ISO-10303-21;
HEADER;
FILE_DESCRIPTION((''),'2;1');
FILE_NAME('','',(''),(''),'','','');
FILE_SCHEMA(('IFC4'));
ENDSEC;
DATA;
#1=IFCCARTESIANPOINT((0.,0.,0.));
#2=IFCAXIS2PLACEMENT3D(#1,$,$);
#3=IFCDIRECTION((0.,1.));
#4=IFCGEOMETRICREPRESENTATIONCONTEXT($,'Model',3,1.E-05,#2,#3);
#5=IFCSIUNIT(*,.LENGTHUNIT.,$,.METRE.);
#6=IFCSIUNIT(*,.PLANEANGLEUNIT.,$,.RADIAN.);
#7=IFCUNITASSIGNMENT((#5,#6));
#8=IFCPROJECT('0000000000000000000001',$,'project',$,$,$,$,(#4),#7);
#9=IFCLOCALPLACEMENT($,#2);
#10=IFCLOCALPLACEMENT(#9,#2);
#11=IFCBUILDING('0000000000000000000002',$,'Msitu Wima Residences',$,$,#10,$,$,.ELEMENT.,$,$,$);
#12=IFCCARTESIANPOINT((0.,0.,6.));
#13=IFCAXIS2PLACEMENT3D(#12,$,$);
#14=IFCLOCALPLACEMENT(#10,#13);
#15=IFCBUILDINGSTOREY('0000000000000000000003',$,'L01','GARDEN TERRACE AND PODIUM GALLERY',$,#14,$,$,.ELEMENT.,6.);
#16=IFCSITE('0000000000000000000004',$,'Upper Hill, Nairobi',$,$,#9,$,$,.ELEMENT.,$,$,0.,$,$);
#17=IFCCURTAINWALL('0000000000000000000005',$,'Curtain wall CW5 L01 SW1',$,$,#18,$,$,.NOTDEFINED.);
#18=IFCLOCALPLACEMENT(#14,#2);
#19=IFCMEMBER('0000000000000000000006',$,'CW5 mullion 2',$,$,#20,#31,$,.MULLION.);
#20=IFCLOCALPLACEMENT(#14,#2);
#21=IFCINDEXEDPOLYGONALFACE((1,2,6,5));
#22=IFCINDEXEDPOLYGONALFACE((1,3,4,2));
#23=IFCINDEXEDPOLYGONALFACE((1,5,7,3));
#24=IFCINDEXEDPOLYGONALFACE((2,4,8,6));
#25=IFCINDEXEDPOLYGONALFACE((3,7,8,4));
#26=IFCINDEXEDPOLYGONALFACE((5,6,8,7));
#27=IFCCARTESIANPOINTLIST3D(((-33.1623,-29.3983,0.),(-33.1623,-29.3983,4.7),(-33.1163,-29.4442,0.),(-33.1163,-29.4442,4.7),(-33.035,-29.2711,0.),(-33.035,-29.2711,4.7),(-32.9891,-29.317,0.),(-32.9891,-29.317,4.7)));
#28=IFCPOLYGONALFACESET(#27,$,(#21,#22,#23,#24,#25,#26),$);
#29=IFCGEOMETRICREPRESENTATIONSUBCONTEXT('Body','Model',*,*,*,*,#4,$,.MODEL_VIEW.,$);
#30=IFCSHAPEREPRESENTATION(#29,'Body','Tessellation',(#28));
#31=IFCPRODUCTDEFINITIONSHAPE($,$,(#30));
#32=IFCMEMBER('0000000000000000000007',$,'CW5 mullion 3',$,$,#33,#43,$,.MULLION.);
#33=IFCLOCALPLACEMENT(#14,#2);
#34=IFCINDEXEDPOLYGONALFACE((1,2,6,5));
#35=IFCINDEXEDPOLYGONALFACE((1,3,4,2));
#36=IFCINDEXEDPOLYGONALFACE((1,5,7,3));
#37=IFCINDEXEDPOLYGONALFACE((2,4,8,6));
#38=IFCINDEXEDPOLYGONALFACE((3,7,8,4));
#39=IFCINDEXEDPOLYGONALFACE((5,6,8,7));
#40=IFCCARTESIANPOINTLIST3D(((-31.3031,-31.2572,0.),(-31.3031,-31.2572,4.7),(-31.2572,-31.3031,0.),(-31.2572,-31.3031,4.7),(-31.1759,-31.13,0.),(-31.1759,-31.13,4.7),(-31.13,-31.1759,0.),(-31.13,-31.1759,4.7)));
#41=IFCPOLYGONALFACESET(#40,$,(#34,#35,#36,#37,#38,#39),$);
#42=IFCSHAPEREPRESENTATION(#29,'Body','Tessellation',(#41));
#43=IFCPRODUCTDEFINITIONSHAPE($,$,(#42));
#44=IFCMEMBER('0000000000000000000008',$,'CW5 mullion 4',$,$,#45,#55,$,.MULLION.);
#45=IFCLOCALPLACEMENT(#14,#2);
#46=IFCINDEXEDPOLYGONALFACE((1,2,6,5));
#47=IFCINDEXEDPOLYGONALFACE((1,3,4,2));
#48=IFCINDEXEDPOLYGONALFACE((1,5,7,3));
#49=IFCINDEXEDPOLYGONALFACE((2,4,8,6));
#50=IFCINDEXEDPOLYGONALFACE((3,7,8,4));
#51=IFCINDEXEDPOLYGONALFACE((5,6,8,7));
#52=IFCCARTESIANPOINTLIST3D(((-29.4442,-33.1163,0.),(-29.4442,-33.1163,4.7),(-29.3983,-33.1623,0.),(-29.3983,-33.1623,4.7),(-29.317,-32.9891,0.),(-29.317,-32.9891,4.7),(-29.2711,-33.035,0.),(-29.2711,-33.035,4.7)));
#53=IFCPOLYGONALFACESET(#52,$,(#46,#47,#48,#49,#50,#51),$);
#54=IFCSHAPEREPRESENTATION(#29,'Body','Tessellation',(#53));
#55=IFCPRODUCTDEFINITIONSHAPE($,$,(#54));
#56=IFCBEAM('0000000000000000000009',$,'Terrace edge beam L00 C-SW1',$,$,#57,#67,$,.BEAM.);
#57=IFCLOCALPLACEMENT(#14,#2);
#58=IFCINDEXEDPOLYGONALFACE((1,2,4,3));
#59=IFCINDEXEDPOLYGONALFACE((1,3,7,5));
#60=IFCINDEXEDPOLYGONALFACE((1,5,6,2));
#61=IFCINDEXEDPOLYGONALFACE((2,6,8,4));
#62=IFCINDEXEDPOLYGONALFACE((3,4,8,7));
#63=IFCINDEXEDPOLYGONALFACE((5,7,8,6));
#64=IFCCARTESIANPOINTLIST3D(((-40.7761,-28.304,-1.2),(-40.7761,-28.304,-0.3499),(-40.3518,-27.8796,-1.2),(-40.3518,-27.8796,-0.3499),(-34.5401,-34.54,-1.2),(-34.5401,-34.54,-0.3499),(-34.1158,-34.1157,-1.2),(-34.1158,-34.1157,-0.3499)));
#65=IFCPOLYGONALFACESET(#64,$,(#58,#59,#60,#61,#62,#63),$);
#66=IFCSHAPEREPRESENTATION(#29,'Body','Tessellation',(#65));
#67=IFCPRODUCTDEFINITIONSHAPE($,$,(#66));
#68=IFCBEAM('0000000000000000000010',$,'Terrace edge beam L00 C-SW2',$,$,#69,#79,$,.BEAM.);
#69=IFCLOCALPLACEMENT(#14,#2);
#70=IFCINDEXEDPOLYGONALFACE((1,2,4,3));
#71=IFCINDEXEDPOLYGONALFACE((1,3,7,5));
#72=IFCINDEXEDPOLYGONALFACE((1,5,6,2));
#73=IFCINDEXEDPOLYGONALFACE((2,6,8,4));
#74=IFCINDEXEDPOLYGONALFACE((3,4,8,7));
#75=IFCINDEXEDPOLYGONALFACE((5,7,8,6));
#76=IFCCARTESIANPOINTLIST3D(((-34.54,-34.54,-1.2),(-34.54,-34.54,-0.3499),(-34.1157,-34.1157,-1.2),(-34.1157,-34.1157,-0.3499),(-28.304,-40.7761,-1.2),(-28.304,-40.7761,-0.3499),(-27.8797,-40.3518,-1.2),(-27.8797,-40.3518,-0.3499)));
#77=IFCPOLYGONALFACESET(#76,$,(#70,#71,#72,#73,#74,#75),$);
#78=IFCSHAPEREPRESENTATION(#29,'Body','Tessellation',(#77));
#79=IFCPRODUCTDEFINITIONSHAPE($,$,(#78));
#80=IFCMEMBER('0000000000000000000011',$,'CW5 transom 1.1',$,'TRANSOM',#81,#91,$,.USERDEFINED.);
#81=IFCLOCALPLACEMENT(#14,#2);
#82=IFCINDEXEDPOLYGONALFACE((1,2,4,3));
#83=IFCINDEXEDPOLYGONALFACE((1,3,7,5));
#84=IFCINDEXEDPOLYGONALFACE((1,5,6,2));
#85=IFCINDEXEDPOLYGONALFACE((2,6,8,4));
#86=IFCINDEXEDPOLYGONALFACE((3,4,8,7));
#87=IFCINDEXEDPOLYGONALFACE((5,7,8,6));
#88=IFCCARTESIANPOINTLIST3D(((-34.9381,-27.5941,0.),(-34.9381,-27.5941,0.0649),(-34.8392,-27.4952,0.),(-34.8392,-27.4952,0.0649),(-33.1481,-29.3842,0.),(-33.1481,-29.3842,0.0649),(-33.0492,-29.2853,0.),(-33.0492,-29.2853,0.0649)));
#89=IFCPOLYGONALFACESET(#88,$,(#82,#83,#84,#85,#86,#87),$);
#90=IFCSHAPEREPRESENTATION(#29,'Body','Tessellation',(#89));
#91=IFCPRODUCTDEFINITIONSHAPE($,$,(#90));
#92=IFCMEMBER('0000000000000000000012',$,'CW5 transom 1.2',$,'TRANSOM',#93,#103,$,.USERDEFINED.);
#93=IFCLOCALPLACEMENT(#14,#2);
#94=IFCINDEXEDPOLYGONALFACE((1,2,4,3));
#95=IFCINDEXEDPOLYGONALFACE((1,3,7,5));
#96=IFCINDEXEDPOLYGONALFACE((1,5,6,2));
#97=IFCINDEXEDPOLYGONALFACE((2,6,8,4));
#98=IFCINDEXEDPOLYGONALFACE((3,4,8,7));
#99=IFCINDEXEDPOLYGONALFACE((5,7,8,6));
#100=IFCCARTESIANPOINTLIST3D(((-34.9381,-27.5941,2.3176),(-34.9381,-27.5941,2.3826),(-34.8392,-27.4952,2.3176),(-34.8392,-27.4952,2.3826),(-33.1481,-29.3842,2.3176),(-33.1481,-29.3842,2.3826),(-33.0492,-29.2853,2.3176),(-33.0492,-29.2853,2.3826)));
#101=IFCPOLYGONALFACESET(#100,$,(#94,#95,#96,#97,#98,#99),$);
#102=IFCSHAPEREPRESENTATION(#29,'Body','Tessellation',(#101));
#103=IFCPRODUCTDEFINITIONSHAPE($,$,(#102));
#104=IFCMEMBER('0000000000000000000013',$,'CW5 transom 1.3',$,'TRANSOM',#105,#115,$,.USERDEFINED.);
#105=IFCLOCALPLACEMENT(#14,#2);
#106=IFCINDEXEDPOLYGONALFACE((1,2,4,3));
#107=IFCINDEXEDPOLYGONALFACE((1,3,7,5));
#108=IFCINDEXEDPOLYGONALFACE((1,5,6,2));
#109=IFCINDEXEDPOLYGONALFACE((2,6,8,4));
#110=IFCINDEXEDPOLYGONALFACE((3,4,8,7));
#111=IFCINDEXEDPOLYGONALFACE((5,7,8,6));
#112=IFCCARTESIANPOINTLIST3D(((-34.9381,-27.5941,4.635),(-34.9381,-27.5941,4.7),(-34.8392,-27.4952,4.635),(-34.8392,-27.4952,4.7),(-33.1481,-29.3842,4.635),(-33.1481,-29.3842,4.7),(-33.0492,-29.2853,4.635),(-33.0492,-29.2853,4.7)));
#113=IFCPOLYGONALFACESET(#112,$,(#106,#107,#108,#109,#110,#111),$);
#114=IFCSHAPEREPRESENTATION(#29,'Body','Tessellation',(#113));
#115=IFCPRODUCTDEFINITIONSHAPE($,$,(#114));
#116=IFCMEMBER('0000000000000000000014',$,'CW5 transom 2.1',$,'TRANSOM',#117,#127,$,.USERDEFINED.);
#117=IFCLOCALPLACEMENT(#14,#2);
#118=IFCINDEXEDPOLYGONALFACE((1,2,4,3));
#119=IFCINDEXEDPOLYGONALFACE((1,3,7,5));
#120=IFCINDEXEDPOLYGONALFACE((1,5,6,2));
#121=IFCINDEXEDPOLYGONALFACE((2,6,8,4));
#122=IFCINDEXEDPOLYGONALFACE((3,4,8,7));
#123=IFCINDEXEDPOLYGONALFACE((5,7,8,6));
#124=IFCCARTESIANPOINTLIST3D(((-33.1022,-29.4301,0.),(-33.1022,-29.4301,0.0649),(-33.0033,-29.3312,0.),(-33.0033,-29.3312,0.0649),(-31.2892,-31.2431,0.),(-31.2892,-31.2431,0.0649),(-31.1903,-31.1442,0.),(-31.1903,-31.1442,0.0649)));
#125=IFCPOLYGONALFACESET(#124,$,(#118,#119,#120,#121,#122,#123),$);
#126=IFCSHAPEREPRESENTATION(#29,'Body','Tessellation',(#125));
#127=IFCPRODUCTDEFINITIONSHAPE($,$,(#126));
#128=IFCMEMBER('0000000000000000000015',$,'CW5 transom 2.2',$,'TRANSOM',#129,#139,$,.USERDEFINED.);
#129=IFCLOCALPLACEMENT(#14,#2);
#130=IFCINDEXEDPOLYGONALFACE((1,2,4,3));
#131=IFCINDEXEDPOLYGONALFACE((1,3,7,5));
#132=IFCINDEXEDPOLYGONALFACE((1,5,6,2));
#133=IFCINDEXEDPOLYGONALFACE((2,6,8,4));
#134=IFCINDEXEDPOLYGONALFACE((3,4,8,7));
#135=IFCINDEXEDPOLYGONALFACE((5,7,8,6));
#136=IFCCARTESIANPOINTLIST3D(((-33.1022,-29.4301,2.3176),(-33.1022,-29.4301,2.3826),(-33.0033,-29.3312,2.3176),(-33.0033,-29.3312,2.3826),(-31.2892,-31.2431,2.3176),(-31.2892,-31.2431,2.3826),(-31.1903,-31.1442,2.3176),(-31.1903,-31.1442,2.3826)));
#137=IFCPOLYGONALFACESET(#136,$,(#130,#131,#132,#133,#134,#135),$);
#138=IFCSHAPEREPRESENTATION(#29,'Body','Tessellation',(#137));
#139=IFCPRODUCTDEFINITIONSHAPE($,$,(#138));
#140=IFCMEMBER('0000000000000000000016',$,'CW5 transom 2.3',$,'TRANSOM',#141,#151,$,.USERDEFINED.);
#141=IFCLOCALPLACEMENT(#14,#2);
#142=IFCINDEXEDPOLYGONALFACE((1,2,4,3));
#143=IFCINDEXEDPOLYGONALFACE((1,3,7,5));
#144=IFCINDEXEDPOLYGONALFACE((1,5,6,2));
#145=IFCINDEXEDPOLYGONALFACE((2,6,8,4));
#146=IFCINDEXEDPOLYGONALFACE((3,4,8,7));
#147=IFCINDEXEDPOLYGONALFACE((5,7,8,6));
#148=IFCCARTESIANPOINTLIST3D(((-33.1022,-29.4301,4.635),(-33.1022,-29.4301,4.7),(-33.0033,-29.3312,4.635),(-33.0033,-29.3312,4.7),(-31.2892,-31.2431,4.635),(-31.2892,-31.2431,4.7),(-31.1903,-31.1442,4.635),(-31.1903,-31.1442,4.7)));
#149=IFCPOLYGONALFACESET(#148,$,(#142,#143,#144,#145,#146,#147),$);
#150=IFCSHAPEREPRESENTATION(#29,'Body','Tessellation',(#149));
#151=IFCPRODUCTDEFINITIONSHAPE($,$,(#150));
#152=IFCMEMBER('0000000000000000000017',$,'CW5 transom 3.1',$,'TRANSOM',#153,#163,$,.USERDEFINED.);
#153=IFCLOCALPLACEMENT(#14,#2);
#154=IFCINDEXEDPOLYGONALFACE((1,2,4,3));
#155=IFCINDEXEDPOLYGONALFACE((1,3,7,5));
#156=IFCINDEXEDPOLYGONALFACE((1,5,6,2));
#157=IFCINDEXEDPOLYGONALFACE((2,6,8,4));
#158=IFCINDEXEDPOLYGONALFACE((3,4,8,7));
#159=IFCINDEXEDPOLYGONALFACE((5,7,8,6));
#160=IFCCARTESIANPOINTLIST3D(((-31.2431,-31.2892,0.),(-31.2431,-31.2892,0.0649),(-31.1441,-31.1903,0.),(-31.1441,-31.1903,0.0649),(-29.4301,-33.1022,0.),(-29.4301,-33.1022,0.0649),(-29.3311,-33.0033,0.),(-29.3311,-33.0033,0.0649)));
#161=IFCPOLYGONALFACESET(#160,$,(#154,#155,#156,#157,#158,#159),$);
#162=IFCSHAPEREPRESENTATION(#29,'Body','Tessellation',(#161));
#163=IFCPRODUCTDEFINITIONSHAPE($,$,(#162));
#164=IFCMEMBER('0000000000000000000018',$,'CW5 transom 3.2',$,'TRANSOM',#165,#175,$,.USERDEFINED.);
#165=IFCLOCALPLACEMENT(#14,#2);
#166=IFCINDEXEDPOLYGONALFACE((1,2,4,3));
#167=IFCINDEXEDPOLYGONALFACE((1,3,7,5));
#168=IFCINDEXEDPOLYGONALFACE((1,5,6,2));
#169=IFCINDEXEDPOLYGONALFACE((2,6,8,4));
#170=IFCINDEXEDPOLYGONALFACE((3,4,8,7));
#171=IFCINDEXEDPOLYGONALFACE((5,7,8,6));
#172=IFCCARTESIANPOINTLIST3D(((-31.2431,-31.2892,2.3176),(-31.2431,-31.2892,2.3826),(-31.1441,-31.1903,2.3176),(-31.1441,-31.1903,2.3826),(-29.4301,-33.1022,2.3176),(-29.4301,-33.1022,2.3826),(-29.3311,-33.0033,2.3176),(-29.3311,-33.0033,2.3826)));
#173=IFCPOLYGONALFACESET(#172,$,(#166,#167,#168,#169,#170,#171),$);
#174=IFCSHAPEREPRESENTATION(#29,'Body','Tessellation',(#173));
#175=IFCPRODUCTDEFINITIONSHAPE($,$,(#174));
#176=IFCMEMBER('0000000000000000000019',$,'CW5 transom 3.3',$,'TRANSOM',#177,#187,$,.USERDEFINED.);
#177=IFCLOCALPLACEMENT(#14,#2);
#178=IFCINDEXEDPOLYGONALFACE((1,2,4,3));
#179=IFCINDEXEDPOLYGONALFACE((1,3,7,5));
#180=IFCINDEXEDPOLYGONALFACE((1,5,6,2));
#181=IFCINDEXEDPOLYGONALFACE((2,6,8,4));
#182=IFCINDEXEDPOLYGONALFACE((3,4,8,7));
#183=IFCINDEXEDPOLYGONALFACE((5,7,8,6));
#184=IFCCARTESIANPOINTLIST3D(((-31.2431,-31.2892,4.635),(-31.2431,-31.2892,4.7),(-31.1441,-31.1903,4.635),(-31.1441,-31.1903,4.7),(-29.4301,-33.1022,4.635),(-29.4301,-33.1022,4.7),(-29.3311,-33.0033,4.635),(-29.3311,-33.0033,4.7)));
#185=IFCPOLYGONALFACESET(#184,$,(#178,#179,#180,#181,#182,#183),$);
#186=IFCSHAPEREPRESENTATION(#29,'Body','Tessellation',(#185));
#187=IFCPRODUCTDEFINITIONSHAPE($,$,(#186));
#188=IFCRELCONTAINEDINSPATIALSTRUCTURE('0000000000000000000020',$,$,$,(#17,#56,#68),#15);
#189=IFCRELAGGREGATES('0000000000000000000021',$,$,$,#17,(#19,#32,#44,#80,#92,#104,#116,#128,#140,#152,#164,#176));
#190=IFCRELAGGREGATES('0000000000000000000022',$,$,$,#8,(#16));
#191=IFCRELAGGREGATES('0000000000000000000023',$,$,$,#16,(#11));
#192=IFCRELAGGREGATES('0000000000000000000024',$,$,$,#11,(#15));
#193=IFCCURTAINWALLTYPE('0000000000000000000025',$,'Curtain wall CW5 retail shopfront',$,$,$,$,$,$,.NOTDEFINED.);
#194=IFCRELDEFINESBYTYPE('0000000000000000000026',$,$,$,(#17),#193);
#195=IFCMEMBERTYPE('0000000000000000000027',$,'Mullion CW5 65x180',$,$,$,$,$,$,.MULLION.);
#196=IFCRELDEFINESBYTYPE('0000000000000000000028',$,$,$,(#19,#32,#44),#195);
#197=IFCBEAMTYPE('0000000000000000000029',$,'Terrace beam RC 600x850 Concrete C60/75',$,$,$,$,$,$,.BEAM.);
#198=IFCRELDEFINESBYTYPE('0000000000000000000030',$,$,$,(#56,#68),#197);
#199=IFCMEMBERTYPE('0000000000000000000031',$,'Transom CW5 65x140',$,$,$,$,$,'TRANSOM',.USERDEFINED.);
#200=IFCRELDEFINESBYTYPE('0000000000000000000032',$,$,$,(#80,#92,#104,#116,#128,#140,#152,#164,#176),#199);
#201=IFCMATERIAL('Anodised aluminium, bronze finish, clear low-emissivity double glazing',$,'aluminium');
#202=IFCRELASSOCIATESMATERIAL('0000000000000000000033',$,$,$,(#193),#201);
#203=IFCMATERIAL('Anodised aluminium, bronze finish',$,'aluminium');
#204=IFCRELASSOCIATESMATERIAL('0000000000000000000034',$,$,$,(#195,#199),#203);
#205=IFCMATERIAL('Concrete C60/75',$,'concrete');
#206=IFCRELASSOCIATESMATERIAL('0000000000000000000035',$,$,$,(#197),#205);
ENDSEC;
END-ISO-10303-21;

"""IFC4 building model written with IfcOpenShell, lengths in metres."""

from ifc_helpers import new_model, si_unit, direction, frame, origin, origin_2d, place, context, subcontext, project, spatial, rectangle, extrude, material, material_profile, profile_set, type_object, element, aggregate, save


model = new_model("IFC4")

# Units and contexts
model_context = context("Model", 3, precision=1e-05, world=origin(), true_north=direction((0.0, 1.0)))
body_context = subcontext(model_context, "Body", "Model", "MODEL_VIEW")
ifc_project = project(units=[si_unit("LENGTHUNIT", "METRE"), si_unit("PLANEANGLEUNIT", "RADIAN")], contexts=[model_context])

# Site, building, storey
site_placement = place(None, origin())
site = spatial("IfcSite", under=ifc_project, at=site_placement, Name="Upper Hill, Nairobi", CompositionType="ELEMENT", RefElevation=0.0)
building_placement = place(site_placement, origin())
building = spatial("IfcBuilding", under=site, at=building_placement, Name="Msitu Wima Residences", CompositionType="ELEMENT")
storey_placement = place(building_placement, frame((0.0, 0.0, 6.0)))
storey = spatial("IfcBuildingStorey", under=building, at=storey_placement, Name="L01", Description="GARDEN TERRACE AND PODIUM GALLERY", CompositionType="ELEMENT", Elevation=6.0)

# Curtain wall, members
ifc_material_1 = material(Name="Anodised aluminium, bronze finish, clear low-emissivity double glazing", Category="aluminium")
curtain_wall_type = type_object("IfcCurtainWallType", Name="Curtain wall CW5 retail shopfront", PredefinedType="NOTDEFINED", material=ifc_material_1)
curtain_wall_placement = place(storey_placement, origin())
curtain_wall = element("IfcCurtainWall", 1, at=curtain_wall_placement, inside=storey, type_object=curtain_wall_type, Name="Curtain wall CW5 L01 SW1", PredefinedType="NOTDEFINED")
ifc_material_2 = material(Name="Anodised aluminium, bronze finish", Category="aluminium")
ifc_material_profile_1 = material_profile(ifc_material_2, rectangle(XDim=0.1799, YDim=0.0649, at=origin_2d()), Name="Mullion 65x180")
ifc_profile_set_1 = profile_set([ifc_material_profile_1], Name="Anodised aluminium, bronze finish")
member_type_1 = type_object("IfcMemberType", Name="Mullion CW5 65x180", PredefinedType="MULLION", material=ifc_profile_set_1)
member_1_placement = place(storey_placement, frame((-33.0757, -29.3577, 0.0), z_axis=(0.0, 0.0, 1.0), x_axis=(0.707107, 0.707107, 0.0)))
member_1 = element("IfcMember", 2, at=member_1_placement, type_object=member_type_1, Name="CW5 mullion 2", PredefinedType="MULLION", context=body_context, shape_type="SweptSolid", body=[
    extrude(rectangle(XDim=0.1799, YDim=0.0649, at=origin_2d()), origin(), (0.0, 0.0, 1.0), 4.7),
])
member_2_placement = place(storey_placement, frame((-31.2166, -31.2166, 0.0), z_axis=(0.0, 0.0, 1.0), x_axis=(0.707107, 0.707107, 0.0)))
member_2 = element("IfcMember", 3, at=member_2_placement, type_object=member_type_1, Name="CW5 mullion 3", PredefinedType="MULLION", context=body_context, shape_type="SweptSolid", body=[
    extrude(rectangle(XDim=0.1799, YDim=0.0649, at=origin_2d()), origin(), (0.0, 0.0, 1.0), 4.7),
])
member_3_placement = place(storey_placement, frame((-29.3577, -33.0757, 0.0), z_axis=(0.0, 0.0, 1.0), x_axis=(0.707107, 0.707107, 0.0)))
member_3 = element("IfcMember", 4, at=member_3_placement, type_object=member_type_1, Name="CW5 mullion 4", PredefinedType="MULLION", context=body_context, shape_type="SweptSolid", body=[
    extrude(rectangle(XDim=0.1799, YDim=0.0649, at=origin_2d()), origin(), (0.0, 0.0, 1.0), 4.7),
])

# Beams
ifc_material_3 = material(Name="Concrete C60/75", Category="concrete")
ifc_material_profile_2 = material_profile(ifc_material_3, rectangle(XDim=0.6001, YDim=0.8501, at=origin_2d()), Name="RC 600x850")
ifc_profile_set_2 = profile_set([ifc_material_profile_2], Name="Concrete C60/75")
beam_type = type_object("IfcBeamType", Name="Terrace beam RC 600x850 Concrete C60/75", PredefinedType="BEAM", material=ifc_profile_set_2)
for number, where, z_axis, x_axis, name in (
    (5, (-40.564, -28.0918, -0.7749), (0.707107, -0.707107, 0.0), (0.707107, 0.707107, 0.0), "Terrace edge beam L00 C-SW1"),
    (6, (-34.3279, -34.3279, -0.7749), (0.707107, -0.707107, 0.0), (0.707107, 0.707107, 0.0), "Terrace edge beam L00 C-SW2"),
):
    element("IfcBeam", number, at=place(storey_placement, frame(where, z_axis=z_axis, x_axis=x_axis)), inside=storey, type_object=beam_type, Name=name, PredefinedType="BEAM", context=body_context, shape_type="SweptSolid", body=[
        extrude(rectangle(XDim=0.6001, YDim=0.8501, at=origin_2d()), origin(), (0.0, 0.0, 1.0), 8.8191),
    ])

# Members
ifc_material_profile_3 = material_profile(ifc_material_2, rectangle(XDim=0.1399, YDim=0.0649, at=origin_2d()), Name="Transom 65x140")
ifc_profile_set_3 = profile_set([ifc_material_profile_3], Name="Anodised aluminium, bronze finish")
member_type_2 = type_object("IfcMemberType", Name="Transom CW5 65x140", ElementType="TRANSOM", PredefinedType="USERDEFINED", material=ifc_profile_set_3)
member_4_placement = place(storey_placement, frame((-34.8887, -27.5447, 0.0325), z_axis=(0.707107, -0.707107, 0.0), x_axis=(0.707107, 0.707107, 0.0)))
member_4 = element("IfcMember", 7, at=member_4_placement, type_object=member_type_2, Name="CW5 transom 1.1", ObjectType="TRANSOM", PredefinedType="USERDEFINED", context=body_context, shape_type="SweptSolid", body=[
    extrude(rectangle(XDim=0.1399, YDim=0.0649, at=origin_2d()), origin(), (0.0, 0.0, 1.0), 2.5315),
])
member_5_placement = place(storey_placement, frame((-34.8887, -27.5447, 2.3501), z_axis=(0.707107, -0.707107, 0.0), x_axis=(0.707107, 0.707107, 0.0)))
member_5 = element("IfcMember", 8, at=member_5_placement, type_object=member_type_2, Name="CW5 transom 1.2", ObjectType="TRANSOM", PredefinedType="USERDEFINED", context=body_context, shape_type="SweptSolid", body=[
    extrude(rectangle(XDim=0.1399, YDim=0.0649, at=origin_2d()), origin(), (0.0, 0.0, 1.0), 2.5315),
])
member_6_placement = place(storey_placement, frame((-34.8887, -27.5447, 4.6675), z_axis=(0.707107, -0.707107, 0.0), x_axis=(0.707107, 0.707107, 0.0)))
member_6 = element("IfcMember", 9, at=member_6_placement, type_object=member_type_2, Name="CW5 transom 1.3", ObjectType="TRANSOM", PredefinedType="USERDEFINED", context=body_context, shape_type="SweptSolid", body=[
    extrude(rectangle(XDim=0.1399, YDim=0.0649, at=origin_2d()), origin(), (0.0, 0.0, 1.0), 2.5315),
])
member_7_placement = place(storey_placement, frame((-33.0527, -29.3806, 0.0325), z_axis=(0.707107, -0.707107, 0.0), x_axis=(0.707107, 0.707107, 0.0)))
member_7 = element("IfcMember", 10, at=member_7_placement, type_object=member_type_2, Name="CW5 transom 2.1", ObjectType="TRANSOM", PredefinedType="USERDEFINED", context=body_context, shape_type="SweptSolid", body=[
    extrude(rectangle(XDim=0.1399, YDim=0.0649, at=origin_2d()), origin(), (0.0, 0.0, 1.0), 2.564),
])
member_8_placement = place(storey_placement, frame((-33.0527, -29.3806, 2.3501), z_axis=(0.707107, -0.707107, 0.0), x_axis=(0.707107, 0.707107, 0.0)))
member_8 = element("IfcMember", 11, at=member_8_placement, type_object=member_type_2, Name="CW5 transom 2.2", ObjectType="TRANSOM", PredefinedType="USERDEFINED", context=body_context, shape_type="SweptSolid", body=[
    extrude(rectangle(XDim=0.1399, YDim=0.0649, at=origin_2d()), origin(), (0.0, 0.0, 1.0), 2.564),
])
member_9_placement = place(storey_placement, frame((-33.0527, -29.3806, 4.6675), z_axis=(0.707107, -0.707107, 0.0), x_axis=(0.707107, 0.707107, 0.0)))
member_9 = element("IfcMember", 12, at=member_9_placement, type_object=member_type_2, Name="CW5 transom 2.3", ObjectType="TRANSOM", PredefinedType="USERDEFINED", context=body_context, shape_type="SweptSolid", body=[
    extrude(rectangle(XDim=0.1399, YDim=0.0649, at=origin_2d()), origin(), (0.0, 0.0, 1.0), 2.564),
])
member_10_placement = place(storey_placement, frame((-31.1936, -31.2397, 0.0325), z_axis=(0.707107, -0.707107, 0.0), x_axis=(0.707107, 0.707107, 0.0)))
member_10 = element("IfcMember", 13, at=member_10_placement, type_object=member_type_2, Name="CW5 transom 3.1", ObjectType="TRANSOM", PredefinedType="USERDEFINED", context=body_context, shape_type="SweptSolid", body=[
    extrude(rectangle(XDim=0.1399, YDim=0.0649, at=origin_2d()), origin(), (0.0, 0.0, 1.0), 2.564),
])
member_11_placement = place(storey_placement, frame((-31.1936, -31.2397, 2.3501), z_axis=(0.707107, -0.707107, 0.0), x_axis=(0.707107, 0.707107, 0.0)))
member_11 = element("IfcMember", 14, at=member_11_placement, type_object=member_type_2, Name="CW5 transom 3.2", ObjectType="TRANSOM", PredefinedType="USERDEFINED", context=body_context, shape_type="SweptSolid", body=[
    extrude(rectangle(XDim=0.1399, YDim=0.0649, at=origin_2d()), origin(), (0.0, 0.0, 1.0), 2.564),
])
member_12_placement = place(storey_placement, frame((-31.1936, -31.2397, 4.6675), z_axis=(0.707107, -0.707107, 0.0), x_axis=(0.707107, 0.707107, 0.0)))
member_12 = element("IfcMember", 15, at=member_12_placement, type_object=member_type_2, Name="CW5 transom 3.3", ObjectType="TRANSOM", PredefinedType="USERDEFINED", context=body_context, shape_type="SweptSolid", body=[
    extrude(rectangle(XDim=0.1399, YDim=0.0649, at=origin_2d()), origin(), (0.0, 0.0, 1.0), 2.564),
])

aggregate(curtain_wall, [member_1, member_2, member_3, member_4, member_5, member_6, member_7, member_8, member_9, member_10, member_11, member_12])

save(model, "model.ifc")
